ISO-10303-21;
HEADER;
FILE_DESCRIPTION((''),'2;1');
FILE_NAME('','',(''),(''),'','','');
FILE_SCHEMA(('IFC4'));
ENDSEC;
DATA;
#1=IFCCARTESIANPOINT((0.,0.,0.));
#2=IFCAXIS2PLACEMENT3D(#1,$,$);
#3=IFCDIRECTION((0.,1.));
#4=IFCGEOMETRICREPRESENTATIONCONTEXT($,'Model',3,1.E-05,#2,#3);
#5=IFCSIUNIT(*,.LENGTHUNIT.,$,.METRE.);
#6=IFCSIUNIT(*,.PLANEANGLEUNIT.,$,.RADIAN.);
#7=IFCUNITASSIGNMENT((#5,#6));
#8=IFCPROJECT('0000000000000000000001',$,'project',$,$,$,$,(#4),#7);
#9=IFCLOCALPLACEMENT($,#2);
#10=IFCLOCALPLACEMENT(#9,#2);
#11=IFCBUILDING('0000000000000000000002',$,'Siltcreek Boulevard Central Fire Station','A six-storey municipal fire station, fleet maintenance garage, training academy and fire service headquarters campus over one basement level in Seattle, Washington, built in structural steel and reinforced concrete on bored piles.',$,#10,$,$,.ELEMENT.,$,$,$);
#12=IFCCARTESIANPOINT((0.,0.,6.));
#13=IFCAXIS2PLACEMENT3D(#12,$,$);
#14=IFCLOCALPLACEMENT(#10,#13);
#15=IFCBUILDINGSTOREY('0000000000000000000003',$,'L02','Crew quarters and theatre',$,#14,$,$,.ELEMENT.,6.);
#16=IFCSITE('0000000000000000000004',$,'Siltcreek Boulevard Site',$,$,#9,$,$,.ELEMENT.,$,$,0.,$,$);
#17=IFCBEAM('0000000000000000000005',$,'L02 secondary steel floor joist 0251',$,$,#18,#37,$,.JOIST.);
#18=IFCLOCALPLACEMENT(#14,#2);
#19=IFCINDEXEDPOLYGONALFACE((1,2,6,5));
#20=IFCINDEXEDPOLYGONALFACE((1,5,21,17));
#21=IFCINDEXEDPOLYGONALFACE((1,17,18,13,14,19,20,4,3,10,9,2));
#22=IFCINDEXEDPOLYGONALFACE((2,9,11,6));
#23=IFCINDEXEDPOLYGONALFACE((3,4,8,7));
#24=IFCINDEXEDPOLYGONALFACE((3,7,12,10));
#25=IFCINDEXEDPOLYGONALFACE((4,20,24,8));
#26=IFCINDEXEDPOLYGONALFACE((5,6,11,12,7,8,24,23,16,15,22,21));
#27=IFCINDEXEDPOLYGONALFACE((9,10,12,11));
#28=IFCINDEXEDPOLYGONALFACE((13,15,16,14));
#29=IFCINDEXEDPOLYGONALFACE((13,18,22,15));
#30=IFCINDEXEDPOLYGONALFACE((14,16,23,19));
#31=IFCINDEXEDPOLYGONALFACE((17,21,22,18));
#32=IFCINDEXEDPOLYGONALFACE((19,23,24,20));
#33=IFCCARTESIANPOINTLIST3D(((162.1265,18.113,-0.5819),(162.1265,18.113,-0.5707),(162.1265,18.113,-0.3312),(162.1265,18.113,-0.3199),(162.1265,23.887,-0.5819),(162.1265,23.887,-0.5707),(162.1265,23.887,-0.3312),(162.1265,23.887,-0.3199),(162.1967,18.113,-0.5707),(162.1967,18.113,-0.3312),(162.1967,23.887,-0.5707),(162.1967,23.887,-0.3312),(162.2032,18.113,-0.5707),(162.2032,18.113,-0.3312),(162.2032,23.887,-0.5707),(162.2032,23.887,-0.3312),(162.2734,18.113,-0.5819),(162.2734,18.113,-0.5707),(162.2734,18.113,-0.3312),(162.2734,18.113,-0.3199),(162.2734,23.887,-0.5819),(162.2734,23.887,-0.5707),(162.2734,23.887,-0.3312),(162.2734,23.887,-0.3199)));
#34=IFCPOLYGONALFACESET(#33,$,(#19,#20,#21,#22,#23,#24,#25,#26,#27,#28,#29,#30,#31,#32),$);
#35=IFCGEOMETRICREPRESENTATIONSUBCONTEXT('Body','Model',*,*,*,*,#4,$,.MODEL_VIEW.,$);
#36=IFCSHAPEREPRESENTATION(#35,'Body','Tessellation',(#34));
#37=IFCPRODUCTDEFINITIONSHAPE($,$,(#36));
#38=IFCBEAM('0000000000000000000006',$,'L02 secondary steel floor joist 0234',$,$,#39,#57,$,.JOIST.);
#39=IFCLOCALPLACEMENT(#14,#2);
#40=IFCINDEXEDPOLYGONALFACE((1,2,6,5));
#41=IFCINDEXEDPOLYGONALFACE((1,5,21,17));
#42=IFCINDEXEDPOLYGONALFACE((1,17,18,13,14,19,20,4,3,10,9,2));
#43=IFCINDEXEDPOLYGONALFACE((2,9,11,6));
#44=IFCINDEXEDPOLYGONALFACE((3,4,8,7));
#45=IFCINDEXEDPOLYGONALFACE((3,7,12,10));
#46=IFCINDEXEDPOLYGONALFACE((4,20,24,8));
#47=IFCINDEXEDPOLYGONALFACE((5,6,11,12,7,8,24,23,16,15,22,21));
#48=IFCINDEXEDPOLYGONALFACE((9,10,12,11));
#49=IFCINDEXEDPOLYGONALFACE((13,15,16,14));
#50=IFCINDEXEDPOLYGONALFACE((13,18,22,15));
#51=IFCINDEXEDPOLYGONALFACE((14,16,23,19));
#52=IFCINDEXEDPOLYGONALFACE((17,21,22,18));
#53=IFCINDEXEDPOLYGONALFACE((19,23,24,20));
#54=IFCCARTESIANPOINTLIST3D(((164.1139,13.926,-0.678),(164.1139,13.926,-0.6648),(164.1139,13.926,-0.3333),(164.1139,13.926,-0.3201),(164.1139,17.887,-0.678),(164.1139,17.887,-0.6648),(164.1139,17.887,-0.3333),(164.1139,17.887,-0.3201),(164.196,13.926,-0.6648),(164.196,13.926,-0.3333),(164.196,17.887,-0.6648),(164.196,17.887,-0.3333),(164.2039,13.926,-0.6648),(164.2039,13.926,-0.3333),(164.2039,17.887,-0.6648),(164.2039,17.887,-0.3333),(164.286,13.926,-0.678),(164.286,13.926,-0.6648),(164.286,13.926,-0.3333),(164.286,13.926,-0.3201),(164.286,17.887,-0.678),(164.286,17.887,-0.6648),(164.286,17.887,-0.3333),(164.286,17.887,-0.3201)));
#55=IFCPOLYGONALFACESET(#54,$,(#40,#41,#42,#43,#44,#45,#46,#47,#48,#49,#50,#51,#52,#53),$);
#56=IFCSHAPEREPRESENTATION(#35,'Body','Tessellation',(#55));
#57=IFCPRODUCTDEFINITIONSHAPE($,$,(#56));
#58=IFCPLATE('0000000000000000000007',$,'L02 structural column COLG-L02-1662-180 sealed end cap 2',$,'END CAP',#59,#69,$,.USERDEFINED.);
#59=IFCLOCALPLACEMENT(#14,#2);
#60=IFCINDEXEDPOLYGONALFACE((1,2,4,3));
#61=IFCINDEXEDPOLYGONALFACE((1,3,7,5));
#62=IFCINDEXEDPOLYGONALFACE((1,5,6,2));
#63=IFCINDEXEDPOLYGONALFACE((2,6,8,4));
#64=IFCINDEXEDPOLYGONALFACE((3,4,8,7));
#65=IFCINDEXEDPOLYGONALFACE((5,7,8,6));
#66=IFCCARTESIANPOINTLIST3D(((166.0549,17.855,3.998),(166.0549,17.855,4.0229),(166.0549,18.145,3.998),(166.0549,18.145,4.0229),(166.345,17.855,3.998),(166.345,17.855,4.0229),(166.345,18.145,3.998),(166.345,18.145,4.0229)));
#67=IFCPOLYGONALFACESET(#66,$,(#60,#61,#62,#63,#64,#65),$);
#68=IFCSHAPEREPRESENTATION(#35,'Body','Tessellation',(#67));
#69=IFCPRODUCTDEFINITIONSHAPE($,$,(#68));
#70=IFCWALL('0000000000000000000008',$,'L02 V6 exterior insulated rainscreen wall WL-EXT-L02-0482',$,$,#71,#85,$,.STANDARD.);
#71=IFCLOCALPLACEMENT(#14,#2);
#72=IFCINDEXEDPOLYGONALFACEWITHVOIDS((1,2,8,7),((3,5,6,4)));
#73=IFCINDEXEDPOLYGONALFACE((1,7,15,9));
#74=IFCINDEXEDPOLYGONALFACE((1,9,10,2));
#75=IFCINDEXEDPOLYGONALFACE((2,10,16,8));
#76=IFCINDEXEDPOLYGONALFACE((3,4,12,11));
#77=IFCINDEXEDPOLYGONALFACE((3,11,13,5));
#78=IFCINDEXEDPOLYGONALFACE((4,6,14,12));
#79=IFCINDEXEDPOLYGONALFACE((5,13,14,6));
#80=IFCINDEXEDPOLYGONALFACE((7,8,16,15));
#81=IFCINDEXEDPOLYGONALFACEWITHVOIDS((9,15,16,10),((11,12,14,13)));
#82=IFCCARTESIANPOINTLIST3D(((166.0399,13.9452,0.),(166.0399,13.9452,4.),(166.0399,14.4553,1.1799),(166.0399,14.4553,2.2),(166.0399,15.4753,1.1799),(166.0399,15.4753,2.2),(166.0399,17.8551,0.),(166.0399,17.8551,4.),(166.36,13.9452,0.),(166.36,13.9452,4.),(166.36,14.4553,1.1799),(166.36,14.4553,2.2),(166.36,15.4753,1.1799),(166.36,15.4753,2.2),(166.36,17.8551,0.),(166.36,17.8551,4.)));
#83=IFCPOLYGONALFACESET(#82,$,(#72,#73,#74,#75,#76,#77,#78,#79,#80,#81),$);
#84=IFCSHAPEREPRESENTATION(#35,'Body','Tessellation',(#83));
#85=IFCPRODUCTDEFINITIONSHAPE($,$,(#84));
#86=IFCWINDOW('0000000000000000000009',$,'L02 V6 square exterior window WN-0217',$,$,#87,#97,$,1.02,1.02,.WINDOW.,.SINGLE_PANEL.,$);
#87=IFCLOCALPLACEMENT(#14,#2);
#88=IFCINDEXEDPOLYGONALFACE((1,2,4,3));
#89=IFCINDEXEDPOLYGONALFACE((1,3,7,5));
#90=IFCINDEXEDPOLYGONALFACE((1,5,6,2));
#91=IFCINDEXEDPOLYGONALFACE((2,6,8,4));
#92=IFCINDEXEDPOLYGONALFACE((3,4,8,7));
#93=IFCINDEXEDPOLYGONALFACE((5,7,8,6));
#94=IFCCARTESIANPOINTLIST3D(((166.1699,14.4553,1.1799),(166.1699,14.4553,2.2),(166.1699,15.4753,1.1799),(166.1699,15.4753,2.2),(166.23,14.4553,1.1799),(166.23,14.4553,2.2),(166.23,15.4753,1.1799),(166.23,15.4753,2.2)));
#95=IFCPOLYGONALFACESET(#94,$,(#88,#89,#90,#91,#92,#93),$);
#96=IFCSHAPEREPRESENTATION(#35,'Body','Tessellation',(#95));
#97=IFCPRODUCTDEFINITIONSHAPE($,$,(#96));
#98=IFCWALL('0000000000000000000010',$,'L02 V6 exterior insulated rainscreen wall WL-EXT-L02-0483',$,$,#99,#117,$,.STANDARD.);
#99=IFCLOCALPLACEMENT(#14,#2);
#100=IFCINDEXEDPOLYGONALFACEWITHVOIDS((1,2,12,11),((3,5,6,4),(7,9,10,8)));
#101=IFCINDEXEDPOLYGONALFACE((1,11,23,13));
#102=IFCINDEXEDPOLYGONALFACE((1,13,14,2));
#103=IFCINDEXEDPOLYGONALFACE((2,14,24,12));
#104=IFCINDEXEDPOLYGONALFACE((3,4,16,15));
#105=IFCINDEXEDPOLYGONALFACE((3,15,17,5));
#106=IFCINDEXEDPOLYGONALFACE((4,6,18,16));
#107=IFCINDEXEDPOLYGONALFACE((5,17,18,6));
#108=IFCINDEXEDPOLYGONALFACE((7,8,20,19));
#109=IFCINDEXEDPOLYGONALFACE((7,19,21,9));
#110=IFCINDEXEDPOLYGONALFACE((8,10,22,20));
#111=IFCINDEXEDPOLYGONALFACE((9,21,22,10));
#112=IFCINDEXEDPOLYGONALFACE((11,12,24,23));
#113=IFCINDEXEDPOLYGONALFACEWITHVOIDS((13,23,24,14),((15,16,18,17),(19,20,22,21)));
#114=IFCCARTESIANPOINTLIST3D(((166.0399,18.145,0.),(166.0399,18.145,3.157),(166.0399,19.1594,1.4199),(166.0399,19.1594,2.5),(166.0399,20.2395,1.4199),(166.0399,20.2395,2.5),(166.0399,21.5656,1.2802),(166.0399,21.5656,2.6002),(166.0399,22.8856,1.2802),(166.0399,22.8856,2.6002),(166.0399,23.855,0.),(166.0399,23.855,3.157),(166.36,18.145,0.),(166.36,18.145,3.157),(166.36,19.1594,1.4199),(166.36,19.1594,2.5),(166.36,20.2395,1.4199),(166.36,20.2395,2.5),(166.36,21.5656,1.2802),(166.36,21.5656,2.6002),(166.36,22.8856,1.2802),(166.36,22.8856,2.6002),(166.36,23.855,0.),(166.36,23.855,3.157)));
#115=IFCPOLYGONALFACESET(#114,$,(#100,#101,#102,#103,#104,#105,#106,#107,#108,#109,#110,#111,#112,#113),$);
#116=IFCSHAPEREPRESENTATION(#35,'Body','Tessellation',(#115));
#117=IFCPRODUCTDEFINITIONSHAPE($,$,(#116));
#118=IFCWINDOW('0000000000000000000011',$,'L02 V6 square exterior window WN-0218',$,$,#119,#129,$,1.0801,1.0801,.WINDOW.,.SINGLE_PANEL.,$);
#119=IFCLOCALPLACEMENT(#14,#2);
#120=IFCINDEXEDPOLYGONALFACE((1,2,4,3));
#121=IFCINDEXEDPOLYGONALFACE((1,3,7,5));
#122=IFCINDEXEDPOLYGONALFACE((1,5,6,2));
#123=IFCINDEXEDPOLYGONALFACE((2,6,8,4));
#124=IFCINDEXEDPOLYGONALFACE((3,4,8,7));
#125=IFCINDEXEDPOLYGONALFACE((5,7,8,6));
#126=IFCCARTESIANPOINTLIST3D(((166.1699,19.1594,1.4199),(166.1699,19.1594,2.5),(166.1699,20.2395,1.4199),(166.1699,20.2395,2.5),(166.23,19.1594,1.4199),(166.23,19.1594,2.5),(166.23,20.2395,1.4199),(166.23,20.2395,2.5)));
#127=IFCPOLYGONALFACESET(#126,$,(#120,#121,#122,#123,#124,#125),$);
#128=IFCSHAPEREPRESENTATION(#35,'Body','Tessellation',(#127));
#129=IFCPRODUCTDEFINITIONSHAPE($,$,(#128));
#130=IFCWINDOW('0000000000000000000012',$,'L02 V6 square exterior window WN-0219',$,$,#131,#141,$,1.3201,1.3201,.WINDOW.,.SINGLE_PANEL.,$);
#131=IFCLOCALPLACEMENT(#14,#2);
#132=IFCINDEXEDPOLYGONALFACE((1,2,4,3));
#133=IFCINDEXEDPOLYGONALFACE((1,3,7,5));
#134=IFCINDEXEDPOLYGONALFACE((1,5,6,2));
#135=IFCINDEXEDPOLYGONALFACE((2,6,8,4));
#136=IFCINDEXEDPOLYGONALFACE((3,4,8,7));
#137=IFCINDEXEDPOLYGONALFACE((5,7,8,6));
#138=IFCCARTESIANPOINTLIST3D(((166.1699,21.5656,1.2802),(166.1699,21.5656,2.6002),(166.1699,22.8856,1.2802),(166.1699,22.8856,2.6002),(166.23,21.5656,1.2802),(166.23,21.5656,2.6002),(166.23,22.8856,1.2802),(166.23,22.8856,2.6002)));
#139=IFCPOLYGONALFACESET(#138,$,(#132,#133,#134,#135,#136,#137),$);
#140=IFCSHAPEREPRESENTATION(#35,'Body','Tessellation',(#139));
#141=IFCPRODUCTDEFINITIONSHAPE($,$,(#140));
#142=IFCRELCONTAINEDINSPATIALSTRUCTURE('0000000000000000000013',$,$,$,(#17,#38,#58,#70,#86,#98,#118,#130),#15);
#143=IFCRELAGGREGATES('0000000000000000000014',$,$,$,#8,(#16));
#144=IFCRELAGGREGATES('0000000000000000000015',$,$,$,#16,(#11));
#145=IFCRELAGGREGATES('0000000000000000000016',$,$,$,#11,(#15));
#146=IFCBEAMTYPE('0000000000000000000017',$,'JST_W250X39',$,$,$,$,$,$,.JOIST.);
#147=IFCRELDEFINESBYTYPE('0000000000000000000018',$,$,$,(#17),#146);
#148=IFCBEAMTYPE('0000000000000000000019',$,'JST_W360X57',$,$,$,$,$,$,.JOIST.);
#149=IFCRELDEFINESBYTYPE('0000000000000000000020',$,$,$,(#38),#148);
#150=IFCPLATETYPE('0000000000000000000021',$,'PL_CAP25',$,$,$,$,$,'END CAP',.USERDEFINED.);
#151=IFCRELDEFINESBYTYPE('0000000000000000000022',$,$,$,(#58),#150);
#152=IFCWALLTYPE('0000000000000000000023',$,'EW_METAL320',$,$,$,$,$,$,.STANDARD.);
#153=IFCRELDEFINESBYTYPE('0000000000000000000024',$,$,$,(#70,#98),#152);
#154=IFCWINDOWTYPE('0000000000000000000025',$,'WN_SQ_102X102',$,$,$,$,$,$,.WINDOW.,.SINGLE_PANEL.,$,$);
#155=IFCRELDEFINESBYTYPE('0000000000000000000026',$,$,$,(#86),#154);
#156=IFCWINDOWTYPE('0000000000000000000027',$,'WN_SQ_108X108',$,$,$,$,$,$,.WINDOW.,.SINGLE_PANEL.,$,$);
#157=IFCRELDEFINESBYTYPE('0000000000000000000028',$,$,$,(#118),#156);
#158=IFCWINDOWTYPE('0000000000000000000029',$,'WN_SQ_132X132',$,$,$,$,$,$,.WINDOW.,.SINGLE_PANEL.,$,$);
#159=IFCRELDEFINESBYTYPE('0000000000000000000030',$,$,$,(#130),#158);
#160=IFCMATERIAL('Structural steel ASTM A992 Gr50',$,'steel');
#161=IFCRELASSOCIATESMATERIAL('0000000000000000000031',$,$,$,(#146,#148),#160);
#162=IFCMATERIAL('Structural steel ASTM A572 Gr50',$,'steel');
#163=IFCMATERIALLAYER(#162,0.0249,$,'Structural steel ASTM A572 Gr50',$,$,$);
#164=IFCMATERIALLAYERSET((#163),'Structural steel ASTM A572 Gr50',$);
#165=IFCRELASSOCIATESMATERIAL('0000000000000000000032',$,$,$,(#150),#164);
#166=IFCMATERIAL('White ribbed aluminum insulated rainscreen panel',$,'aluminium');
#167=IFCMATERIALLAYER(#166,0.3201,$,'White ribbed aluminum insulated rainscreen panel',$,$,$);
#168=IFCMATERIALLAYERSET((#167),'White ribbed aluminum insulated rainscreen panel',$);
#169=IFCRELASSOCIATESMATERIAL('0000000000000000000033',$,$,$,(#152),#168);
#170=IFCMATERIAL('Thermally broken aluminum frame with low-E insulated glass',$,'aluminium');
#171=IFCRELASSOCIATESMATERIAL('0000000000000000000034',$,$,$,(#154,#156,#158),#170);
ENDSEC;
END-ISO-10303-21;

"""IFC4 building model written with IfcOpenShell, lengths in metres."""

from ifc_helpers import new_model, si_unit, direction, frame, frame_2d, origin, origin_2d, place, context, subcontext, project, spatial, rectangle, i_section, extrude, material, layer, layer_set, material_profile, profile_set, type_object, element, fill, save


model = new_model("IFC4")

# Units and contexts
model_context = context("Model", 3, precision=1e-05, world=origin(), true_north=direction((0.0, 1.0)))
body_context = subcontext(model_context, "Body", "Model", "MODEL_VIEW")
ifc_project = project(units=[si_unit("LENGTHUNIT", "METRE"), si_unit("PLANEANGLEUNIT", "RADIAN")], contexts=[model_context])

# Site, building, storey
site_placement = place(None, origin())
site = spatial("IfcSite", under=ifc_project, at=site_placement, Name="Siltcreek Boulevard Site", CompositionType="ELEMENT", RefElevation=0.0)
building_placement = place(site_placement, origin())
building = spatial("IfcBuilding", under=site, at=building_placement, Name="Siltcreek Boulevard Central Fire Station", Description="A six-storey municipal fire station, fleet maintenance garage, training academy and fire service headquarters campus over one basement level in Seattle, Washington, built in structural steel and reinforced concrete on bored piles.", CompositionType="ELEMENT")
storey_placement = place(building_placement, frame((0.0, 0.0, 6.0)))
storey = spatial("IfcBuildingStorey", under=building, at=storey_placement, Name="L02", Description="Crew quarters and theatre", CompositionType="ELEMENT", Elevation=6.0)

# Shared definitions
ifc_material_1 = material(Name="Structural steel ASTM A992 Gr50", Category="steel")

# Beams
ifc_material_profile_1 = material_profile(ifc_material_1, i_section(OverallWidth=0.147, OverallDepth=0.262, WebThickness=0.0066, FlangeThickness=0.0112, at=origin_2d()), Name="W250X39")
ifc_profile_set_1 = profile_set([ifc_material_profile_1], Name="Structural steel ASTM A992 Gr50")
beam_type_1 = type_object("IfcBeamType", Name="JST_W250X39", PredefinedType="JOIST", material=ifc_profile_set_1)
beam_1_placement = place(storey_placement, frame((162.2, 18.113, -0.4509), z_axis=(0.0, 1.0, 0.0), x_axis=(-1.0, 0.0, 0.0)))
element("IfcBeam", 1, at=beam_1_placement, inside=storey, type_object=beam_type_1, Name="L02 secondary steel floor joist 0251", PredefinedType="JOIST", context=body_context, shape_type="SweptSolid", body=[
    extrude(i_section(OverallWidth=0.147, OverallDepth=0.262, WebThickness=0.0066, FlangeThickness=0.0112, at=origin_2d()), origin(), (0.0, 0.0, 1.0), 5.7739),
])
ifc_material_profile_2 = material_profile(ifc_material_1, i_section(OverallWidth=0.1721, OverallDepth=0.3579, WebThickness=0.0078, FlangeThickness=0.0132, at=origin_2d()), Name="W360X57")
ifc_profile_set_2 = profile_set([ifc_material_profile_2], Name="Structural steel ASTM A992 Gr50")
beam_type_2 = type_object("IfcBeamType", Name="JST_W360X57", PredefinedType="JOIST", material=ifc_profile_set_2)
beam_2_placement = place(storey_placement, frame((164.2, 13.926, -0.499), z_axis=(0.0, 1.0, 0.0), x_axis=(-1.0, 0.0, 0.0)))
element("IfcBeam", 2, at=beam_2_placement, inside=storey, type_object=beam_type_2, Name="L02 secondary steel floor joist 0234", PredefinedType="JOIST", context=body_context, shape_type="SweptSolid", body=[
    extrude(i_section(OverallWidth=0.1721, OverallDepth=0.3579, WebThickness=0.0078, FlangeThickness=0.0132, at=origin_2d()), origin(), (0.0, 0.0, 1.0), 3.9609),
])

# Plate
ifc_material_2 = material(Name="Structural steel ASTM A572 Gr50", Category="steel")
ifc_layer_1 = layer(ifc_material_2, 0.0249, Name="Structural steel ASTM A572 Gr50")
ifc_layer_set_1 = layer_set([ifc_layer_1], Name="Structural steel ASTM A572 Gr50")
plate_type = type_object("IfcPlateType", Name="PL_CAP25", ElementType="END CAP", PredefinedType="USERDEFINED", material=ifc_layer_set_1)
plate_placement = place(storey_placement, frame((166.2, 18.0, 3.998), z_axis=(0.0, 0.0, 1.0), x_axis=(1.0, 0.0, 0.0)))
element("IfcPlate", 3, at=plate_placement, inside=storey, type_object=plate_type, Name="L02 structural column COLG-L02-1662-180 sealed end cap 2", ObjectType="END CAP", PredefinedType="USERDEFINED", context=body_context, shape_type="SweptSolid", body=[
    extrude(rectangle(XDim=0.29, YDim=0.29, at=origin_2d()), origin(), (0.0, 0.0, 1.0), 0.0249),
])

# Wall, opening, window
ifc_material_3 = material(Name="White ribbed aluminum insulated rainscreen panel", Category="aluminium")
ifc_layer_2 = layer(ifc_material_3, 0.3201, Name="White ribbed aluminum insulated rainscreen panel")
ifc_layer_set_2 = layer_set([ifc_layer_2], Name="White ribbed aluminum insulated rainscreen panel")
wall_type_1 = type_object("IfcWallType", Name="EW_METAL320", PredefinedType="STANDARD", material=ifc_layer_set_2)
wall_1_placement = place(storey_placement, frame((166.2, 13.9451, 0.0), z_axis=(0.0, 0.0, 1.0), x_axis=(0.0, 1.0, 0.0)))
wall_1 = element("IfcWall", 4, at=wall_1_placement, inside=storey, type_object=wall_type_1, Name="L02 V6 exterior insulated rainscreen wall WL-EXT-L02-0482", PredefinedType="STANDARD", context=body_context, shape_type="SweptSolid", body=[
    extrude(rectangle(XDim=3.9099, YDim=0.3201, at=frame_2d((1.9551, 0.0))), origin(), (0.0, 0.0, 1.0), 4.0),
])
opening_1_placement = place(wall_1_placement, frame((0.5103, 0.0, 1.1799)))
opening_1 = element("IfcOpeningElement", 5, at=opening_1_placement, cuts=wall_1, PredefinedType="OPENING", context=body_context, shape_type="SweptSolid", body=[
    extrude(rectangle(XDim=1.02, YDim=1.02, at=frame_2d((0.51, 0.51))), frame((0.0, 0.1699, 0.0), z_axis=(0.0, -1.0, 0.0), x_axis=(1.0, 0.0, 0.0)), (0.0, 0.0, 1.0), 0.3401),
])
ifc_material_4 = material(Name="Thermally broken aluminum frame with low-E insulated glass", Category="aluminium")
window_type_1 = type_object("IfcWindowType", Name="WN_SQ_102X102", PartitioningType="SINGLE_PANEL", PredefinedType="WINDOW", material=ifc_material_4)
window_1_placement = place(opening_1_placement, origin())
window_1 = element("IfcWindow", 6, at=window_1_placement, inside=storey, type_object=window_type_1, Name="L02 V6 square exterior window WN-0217", OverallHeight=1.02, OverallWidth=1.02, PartitioningType="SINGLE_PANEL", PredefinedType="WINDOW", context=body_context, shape_type="SweptSolid", body=[
    extrude(rectangle(XDim=1.02, YDim=1.02, at=frame_2d((0.51, 0.51))), frame((0.0, 0.03, 0.0), z_axis=(0.0, -1.0, 0.0), x_axis=(1.0, 0.0, 0.0)), (0.0, 0.0, 1.0), 0.0601),
])
fill(opening_1, window_1)

# Wall, openings, windows
wall_2_placement = place(storey_placement, frame((166.2, 18.145, 0.0), z_axis=(0.0, 0.0, 1.0), x_axis=(0.0, 1.0, 0.0)))
wall_2 = element("IfcWall", 7, at=wall_2_placement, inside=storey, type_object=wall_type_1, Name="L02 V6 exterior insulated rainscreen wall WL-EXT-L02-0483", PredefinedType="STANDARD", context=body_context, shape_type="SweptSolid", body=[
    extrude(rectangle(XDim=5.71, YDim=0.3201, at=frame_2d((2.855, 0.0))), origin(), (0.0, 0.0, 1.0), 3.157),
])
opening_2_placement = place(wall_2_placement, frame((1.0144, 0.0, 1.4199)))
opening_2 = element("IfcOpeningElement", 8, at=opening_2_placement, cuts=wall_2, PredefinedType="OPENING", context=body_context, shape_type="SweptSolid", body=[
    extrude(rectangle(XDim=1.0801, YDim=1.0801, at=frame_2d((0.54, 0.54))), frame((0.0, 0.1699, 0.0), z_axis=(0.0, -1.0, 0.0), x_axis=(1.0, 0.0, 0.0)), (0.0, 0.0, 1.0), 0.3401),
])
opening_3_placement = place(wall_2_placement, frame((3.4204, 0.0, 1.28)))
opening_3 = element("IfcOpeningElement", 9, at=opening_3_placement, cuts=wall_2, PredefinedType="OPENING", context=body_context, shape_type="SweptSolid", body=[
    extrude(rectangle(XDim=1.3201, YDim=1.3201, at=frame_2d((0.6602, 0.6602))), frame((0.0, 0.1699, 0.0), z_axis=(0.0, -1.0, 0.0), x_axis=(1.0, 0.0, 0.0)), (0.0, 0.0, 1.0), 0.3401),
])
window_type_2 = type_object("IfcWindowType", Name="WN_SQ_108X108", PartitioningType="SINGLE_PANEL", PredefinedType="WINDOW", material=ifc_material_4)
window_2_placement = place(opening_2_placement, origin())
window_2 = element("IfcWindow", 10, at=window_2_placement, inside=storey, type_object=window_type_2, Name="L02 V6 square exterior window WN-0218", OverallHeight=1.0801, OverallWidth=1.0801, PartitioningType="SINGLE_PANEL", PredefinedType="WINDOW", context=body_context, shape_type="SweptSolid", body=[
    extrude(rectangle(XDim=1.0801, YDim=1.0801, at=frame_2d((0.54, 0.54))), frame((0.0, 0.03, 0.0), z_axis=(0.0, -1.0, 0.0), x_axis=(1.0, 0.0, 0.0)), (0.0, 0.0, 1.0), 0.0601),
])
fill(opening_2, window_2)
window_type_3 = type_object("IfcWindowType", Name="WN_SQ_132X132", PartitioningType="SINGLE_PANEL", PredefinedType="WINDOW", material=ifc_material_4)
window_3_placement = place(opening_3_placement, origin())
window_3 = element("IfcWindow", 11, at=window_3_placement, inside=storey, type_object=window_type_3, Name="L02 V6 square exterior window WN-0219", OverallHeight=1.3201, OverallWidth=1.3201, PartitioningType="SINGLE_PANEL", PredefinedType="WINDOW", context=body_context, shape_type="SweptSolid", body=[
    extrude(rectangle(XDim=1.3201, YDim=1.3201, at=frame_2d((0.6602, 0.6602))), frame((0.0, 0.03, 0.0), z_axis=(0.0, -1.0, 0.0), x_axis=(1.0, 0.0, 0.0)), (0.0, 0.0, 1.0), 0.0601),
])
fill(opening_3, window_3)

save(model, "model.ifc")
